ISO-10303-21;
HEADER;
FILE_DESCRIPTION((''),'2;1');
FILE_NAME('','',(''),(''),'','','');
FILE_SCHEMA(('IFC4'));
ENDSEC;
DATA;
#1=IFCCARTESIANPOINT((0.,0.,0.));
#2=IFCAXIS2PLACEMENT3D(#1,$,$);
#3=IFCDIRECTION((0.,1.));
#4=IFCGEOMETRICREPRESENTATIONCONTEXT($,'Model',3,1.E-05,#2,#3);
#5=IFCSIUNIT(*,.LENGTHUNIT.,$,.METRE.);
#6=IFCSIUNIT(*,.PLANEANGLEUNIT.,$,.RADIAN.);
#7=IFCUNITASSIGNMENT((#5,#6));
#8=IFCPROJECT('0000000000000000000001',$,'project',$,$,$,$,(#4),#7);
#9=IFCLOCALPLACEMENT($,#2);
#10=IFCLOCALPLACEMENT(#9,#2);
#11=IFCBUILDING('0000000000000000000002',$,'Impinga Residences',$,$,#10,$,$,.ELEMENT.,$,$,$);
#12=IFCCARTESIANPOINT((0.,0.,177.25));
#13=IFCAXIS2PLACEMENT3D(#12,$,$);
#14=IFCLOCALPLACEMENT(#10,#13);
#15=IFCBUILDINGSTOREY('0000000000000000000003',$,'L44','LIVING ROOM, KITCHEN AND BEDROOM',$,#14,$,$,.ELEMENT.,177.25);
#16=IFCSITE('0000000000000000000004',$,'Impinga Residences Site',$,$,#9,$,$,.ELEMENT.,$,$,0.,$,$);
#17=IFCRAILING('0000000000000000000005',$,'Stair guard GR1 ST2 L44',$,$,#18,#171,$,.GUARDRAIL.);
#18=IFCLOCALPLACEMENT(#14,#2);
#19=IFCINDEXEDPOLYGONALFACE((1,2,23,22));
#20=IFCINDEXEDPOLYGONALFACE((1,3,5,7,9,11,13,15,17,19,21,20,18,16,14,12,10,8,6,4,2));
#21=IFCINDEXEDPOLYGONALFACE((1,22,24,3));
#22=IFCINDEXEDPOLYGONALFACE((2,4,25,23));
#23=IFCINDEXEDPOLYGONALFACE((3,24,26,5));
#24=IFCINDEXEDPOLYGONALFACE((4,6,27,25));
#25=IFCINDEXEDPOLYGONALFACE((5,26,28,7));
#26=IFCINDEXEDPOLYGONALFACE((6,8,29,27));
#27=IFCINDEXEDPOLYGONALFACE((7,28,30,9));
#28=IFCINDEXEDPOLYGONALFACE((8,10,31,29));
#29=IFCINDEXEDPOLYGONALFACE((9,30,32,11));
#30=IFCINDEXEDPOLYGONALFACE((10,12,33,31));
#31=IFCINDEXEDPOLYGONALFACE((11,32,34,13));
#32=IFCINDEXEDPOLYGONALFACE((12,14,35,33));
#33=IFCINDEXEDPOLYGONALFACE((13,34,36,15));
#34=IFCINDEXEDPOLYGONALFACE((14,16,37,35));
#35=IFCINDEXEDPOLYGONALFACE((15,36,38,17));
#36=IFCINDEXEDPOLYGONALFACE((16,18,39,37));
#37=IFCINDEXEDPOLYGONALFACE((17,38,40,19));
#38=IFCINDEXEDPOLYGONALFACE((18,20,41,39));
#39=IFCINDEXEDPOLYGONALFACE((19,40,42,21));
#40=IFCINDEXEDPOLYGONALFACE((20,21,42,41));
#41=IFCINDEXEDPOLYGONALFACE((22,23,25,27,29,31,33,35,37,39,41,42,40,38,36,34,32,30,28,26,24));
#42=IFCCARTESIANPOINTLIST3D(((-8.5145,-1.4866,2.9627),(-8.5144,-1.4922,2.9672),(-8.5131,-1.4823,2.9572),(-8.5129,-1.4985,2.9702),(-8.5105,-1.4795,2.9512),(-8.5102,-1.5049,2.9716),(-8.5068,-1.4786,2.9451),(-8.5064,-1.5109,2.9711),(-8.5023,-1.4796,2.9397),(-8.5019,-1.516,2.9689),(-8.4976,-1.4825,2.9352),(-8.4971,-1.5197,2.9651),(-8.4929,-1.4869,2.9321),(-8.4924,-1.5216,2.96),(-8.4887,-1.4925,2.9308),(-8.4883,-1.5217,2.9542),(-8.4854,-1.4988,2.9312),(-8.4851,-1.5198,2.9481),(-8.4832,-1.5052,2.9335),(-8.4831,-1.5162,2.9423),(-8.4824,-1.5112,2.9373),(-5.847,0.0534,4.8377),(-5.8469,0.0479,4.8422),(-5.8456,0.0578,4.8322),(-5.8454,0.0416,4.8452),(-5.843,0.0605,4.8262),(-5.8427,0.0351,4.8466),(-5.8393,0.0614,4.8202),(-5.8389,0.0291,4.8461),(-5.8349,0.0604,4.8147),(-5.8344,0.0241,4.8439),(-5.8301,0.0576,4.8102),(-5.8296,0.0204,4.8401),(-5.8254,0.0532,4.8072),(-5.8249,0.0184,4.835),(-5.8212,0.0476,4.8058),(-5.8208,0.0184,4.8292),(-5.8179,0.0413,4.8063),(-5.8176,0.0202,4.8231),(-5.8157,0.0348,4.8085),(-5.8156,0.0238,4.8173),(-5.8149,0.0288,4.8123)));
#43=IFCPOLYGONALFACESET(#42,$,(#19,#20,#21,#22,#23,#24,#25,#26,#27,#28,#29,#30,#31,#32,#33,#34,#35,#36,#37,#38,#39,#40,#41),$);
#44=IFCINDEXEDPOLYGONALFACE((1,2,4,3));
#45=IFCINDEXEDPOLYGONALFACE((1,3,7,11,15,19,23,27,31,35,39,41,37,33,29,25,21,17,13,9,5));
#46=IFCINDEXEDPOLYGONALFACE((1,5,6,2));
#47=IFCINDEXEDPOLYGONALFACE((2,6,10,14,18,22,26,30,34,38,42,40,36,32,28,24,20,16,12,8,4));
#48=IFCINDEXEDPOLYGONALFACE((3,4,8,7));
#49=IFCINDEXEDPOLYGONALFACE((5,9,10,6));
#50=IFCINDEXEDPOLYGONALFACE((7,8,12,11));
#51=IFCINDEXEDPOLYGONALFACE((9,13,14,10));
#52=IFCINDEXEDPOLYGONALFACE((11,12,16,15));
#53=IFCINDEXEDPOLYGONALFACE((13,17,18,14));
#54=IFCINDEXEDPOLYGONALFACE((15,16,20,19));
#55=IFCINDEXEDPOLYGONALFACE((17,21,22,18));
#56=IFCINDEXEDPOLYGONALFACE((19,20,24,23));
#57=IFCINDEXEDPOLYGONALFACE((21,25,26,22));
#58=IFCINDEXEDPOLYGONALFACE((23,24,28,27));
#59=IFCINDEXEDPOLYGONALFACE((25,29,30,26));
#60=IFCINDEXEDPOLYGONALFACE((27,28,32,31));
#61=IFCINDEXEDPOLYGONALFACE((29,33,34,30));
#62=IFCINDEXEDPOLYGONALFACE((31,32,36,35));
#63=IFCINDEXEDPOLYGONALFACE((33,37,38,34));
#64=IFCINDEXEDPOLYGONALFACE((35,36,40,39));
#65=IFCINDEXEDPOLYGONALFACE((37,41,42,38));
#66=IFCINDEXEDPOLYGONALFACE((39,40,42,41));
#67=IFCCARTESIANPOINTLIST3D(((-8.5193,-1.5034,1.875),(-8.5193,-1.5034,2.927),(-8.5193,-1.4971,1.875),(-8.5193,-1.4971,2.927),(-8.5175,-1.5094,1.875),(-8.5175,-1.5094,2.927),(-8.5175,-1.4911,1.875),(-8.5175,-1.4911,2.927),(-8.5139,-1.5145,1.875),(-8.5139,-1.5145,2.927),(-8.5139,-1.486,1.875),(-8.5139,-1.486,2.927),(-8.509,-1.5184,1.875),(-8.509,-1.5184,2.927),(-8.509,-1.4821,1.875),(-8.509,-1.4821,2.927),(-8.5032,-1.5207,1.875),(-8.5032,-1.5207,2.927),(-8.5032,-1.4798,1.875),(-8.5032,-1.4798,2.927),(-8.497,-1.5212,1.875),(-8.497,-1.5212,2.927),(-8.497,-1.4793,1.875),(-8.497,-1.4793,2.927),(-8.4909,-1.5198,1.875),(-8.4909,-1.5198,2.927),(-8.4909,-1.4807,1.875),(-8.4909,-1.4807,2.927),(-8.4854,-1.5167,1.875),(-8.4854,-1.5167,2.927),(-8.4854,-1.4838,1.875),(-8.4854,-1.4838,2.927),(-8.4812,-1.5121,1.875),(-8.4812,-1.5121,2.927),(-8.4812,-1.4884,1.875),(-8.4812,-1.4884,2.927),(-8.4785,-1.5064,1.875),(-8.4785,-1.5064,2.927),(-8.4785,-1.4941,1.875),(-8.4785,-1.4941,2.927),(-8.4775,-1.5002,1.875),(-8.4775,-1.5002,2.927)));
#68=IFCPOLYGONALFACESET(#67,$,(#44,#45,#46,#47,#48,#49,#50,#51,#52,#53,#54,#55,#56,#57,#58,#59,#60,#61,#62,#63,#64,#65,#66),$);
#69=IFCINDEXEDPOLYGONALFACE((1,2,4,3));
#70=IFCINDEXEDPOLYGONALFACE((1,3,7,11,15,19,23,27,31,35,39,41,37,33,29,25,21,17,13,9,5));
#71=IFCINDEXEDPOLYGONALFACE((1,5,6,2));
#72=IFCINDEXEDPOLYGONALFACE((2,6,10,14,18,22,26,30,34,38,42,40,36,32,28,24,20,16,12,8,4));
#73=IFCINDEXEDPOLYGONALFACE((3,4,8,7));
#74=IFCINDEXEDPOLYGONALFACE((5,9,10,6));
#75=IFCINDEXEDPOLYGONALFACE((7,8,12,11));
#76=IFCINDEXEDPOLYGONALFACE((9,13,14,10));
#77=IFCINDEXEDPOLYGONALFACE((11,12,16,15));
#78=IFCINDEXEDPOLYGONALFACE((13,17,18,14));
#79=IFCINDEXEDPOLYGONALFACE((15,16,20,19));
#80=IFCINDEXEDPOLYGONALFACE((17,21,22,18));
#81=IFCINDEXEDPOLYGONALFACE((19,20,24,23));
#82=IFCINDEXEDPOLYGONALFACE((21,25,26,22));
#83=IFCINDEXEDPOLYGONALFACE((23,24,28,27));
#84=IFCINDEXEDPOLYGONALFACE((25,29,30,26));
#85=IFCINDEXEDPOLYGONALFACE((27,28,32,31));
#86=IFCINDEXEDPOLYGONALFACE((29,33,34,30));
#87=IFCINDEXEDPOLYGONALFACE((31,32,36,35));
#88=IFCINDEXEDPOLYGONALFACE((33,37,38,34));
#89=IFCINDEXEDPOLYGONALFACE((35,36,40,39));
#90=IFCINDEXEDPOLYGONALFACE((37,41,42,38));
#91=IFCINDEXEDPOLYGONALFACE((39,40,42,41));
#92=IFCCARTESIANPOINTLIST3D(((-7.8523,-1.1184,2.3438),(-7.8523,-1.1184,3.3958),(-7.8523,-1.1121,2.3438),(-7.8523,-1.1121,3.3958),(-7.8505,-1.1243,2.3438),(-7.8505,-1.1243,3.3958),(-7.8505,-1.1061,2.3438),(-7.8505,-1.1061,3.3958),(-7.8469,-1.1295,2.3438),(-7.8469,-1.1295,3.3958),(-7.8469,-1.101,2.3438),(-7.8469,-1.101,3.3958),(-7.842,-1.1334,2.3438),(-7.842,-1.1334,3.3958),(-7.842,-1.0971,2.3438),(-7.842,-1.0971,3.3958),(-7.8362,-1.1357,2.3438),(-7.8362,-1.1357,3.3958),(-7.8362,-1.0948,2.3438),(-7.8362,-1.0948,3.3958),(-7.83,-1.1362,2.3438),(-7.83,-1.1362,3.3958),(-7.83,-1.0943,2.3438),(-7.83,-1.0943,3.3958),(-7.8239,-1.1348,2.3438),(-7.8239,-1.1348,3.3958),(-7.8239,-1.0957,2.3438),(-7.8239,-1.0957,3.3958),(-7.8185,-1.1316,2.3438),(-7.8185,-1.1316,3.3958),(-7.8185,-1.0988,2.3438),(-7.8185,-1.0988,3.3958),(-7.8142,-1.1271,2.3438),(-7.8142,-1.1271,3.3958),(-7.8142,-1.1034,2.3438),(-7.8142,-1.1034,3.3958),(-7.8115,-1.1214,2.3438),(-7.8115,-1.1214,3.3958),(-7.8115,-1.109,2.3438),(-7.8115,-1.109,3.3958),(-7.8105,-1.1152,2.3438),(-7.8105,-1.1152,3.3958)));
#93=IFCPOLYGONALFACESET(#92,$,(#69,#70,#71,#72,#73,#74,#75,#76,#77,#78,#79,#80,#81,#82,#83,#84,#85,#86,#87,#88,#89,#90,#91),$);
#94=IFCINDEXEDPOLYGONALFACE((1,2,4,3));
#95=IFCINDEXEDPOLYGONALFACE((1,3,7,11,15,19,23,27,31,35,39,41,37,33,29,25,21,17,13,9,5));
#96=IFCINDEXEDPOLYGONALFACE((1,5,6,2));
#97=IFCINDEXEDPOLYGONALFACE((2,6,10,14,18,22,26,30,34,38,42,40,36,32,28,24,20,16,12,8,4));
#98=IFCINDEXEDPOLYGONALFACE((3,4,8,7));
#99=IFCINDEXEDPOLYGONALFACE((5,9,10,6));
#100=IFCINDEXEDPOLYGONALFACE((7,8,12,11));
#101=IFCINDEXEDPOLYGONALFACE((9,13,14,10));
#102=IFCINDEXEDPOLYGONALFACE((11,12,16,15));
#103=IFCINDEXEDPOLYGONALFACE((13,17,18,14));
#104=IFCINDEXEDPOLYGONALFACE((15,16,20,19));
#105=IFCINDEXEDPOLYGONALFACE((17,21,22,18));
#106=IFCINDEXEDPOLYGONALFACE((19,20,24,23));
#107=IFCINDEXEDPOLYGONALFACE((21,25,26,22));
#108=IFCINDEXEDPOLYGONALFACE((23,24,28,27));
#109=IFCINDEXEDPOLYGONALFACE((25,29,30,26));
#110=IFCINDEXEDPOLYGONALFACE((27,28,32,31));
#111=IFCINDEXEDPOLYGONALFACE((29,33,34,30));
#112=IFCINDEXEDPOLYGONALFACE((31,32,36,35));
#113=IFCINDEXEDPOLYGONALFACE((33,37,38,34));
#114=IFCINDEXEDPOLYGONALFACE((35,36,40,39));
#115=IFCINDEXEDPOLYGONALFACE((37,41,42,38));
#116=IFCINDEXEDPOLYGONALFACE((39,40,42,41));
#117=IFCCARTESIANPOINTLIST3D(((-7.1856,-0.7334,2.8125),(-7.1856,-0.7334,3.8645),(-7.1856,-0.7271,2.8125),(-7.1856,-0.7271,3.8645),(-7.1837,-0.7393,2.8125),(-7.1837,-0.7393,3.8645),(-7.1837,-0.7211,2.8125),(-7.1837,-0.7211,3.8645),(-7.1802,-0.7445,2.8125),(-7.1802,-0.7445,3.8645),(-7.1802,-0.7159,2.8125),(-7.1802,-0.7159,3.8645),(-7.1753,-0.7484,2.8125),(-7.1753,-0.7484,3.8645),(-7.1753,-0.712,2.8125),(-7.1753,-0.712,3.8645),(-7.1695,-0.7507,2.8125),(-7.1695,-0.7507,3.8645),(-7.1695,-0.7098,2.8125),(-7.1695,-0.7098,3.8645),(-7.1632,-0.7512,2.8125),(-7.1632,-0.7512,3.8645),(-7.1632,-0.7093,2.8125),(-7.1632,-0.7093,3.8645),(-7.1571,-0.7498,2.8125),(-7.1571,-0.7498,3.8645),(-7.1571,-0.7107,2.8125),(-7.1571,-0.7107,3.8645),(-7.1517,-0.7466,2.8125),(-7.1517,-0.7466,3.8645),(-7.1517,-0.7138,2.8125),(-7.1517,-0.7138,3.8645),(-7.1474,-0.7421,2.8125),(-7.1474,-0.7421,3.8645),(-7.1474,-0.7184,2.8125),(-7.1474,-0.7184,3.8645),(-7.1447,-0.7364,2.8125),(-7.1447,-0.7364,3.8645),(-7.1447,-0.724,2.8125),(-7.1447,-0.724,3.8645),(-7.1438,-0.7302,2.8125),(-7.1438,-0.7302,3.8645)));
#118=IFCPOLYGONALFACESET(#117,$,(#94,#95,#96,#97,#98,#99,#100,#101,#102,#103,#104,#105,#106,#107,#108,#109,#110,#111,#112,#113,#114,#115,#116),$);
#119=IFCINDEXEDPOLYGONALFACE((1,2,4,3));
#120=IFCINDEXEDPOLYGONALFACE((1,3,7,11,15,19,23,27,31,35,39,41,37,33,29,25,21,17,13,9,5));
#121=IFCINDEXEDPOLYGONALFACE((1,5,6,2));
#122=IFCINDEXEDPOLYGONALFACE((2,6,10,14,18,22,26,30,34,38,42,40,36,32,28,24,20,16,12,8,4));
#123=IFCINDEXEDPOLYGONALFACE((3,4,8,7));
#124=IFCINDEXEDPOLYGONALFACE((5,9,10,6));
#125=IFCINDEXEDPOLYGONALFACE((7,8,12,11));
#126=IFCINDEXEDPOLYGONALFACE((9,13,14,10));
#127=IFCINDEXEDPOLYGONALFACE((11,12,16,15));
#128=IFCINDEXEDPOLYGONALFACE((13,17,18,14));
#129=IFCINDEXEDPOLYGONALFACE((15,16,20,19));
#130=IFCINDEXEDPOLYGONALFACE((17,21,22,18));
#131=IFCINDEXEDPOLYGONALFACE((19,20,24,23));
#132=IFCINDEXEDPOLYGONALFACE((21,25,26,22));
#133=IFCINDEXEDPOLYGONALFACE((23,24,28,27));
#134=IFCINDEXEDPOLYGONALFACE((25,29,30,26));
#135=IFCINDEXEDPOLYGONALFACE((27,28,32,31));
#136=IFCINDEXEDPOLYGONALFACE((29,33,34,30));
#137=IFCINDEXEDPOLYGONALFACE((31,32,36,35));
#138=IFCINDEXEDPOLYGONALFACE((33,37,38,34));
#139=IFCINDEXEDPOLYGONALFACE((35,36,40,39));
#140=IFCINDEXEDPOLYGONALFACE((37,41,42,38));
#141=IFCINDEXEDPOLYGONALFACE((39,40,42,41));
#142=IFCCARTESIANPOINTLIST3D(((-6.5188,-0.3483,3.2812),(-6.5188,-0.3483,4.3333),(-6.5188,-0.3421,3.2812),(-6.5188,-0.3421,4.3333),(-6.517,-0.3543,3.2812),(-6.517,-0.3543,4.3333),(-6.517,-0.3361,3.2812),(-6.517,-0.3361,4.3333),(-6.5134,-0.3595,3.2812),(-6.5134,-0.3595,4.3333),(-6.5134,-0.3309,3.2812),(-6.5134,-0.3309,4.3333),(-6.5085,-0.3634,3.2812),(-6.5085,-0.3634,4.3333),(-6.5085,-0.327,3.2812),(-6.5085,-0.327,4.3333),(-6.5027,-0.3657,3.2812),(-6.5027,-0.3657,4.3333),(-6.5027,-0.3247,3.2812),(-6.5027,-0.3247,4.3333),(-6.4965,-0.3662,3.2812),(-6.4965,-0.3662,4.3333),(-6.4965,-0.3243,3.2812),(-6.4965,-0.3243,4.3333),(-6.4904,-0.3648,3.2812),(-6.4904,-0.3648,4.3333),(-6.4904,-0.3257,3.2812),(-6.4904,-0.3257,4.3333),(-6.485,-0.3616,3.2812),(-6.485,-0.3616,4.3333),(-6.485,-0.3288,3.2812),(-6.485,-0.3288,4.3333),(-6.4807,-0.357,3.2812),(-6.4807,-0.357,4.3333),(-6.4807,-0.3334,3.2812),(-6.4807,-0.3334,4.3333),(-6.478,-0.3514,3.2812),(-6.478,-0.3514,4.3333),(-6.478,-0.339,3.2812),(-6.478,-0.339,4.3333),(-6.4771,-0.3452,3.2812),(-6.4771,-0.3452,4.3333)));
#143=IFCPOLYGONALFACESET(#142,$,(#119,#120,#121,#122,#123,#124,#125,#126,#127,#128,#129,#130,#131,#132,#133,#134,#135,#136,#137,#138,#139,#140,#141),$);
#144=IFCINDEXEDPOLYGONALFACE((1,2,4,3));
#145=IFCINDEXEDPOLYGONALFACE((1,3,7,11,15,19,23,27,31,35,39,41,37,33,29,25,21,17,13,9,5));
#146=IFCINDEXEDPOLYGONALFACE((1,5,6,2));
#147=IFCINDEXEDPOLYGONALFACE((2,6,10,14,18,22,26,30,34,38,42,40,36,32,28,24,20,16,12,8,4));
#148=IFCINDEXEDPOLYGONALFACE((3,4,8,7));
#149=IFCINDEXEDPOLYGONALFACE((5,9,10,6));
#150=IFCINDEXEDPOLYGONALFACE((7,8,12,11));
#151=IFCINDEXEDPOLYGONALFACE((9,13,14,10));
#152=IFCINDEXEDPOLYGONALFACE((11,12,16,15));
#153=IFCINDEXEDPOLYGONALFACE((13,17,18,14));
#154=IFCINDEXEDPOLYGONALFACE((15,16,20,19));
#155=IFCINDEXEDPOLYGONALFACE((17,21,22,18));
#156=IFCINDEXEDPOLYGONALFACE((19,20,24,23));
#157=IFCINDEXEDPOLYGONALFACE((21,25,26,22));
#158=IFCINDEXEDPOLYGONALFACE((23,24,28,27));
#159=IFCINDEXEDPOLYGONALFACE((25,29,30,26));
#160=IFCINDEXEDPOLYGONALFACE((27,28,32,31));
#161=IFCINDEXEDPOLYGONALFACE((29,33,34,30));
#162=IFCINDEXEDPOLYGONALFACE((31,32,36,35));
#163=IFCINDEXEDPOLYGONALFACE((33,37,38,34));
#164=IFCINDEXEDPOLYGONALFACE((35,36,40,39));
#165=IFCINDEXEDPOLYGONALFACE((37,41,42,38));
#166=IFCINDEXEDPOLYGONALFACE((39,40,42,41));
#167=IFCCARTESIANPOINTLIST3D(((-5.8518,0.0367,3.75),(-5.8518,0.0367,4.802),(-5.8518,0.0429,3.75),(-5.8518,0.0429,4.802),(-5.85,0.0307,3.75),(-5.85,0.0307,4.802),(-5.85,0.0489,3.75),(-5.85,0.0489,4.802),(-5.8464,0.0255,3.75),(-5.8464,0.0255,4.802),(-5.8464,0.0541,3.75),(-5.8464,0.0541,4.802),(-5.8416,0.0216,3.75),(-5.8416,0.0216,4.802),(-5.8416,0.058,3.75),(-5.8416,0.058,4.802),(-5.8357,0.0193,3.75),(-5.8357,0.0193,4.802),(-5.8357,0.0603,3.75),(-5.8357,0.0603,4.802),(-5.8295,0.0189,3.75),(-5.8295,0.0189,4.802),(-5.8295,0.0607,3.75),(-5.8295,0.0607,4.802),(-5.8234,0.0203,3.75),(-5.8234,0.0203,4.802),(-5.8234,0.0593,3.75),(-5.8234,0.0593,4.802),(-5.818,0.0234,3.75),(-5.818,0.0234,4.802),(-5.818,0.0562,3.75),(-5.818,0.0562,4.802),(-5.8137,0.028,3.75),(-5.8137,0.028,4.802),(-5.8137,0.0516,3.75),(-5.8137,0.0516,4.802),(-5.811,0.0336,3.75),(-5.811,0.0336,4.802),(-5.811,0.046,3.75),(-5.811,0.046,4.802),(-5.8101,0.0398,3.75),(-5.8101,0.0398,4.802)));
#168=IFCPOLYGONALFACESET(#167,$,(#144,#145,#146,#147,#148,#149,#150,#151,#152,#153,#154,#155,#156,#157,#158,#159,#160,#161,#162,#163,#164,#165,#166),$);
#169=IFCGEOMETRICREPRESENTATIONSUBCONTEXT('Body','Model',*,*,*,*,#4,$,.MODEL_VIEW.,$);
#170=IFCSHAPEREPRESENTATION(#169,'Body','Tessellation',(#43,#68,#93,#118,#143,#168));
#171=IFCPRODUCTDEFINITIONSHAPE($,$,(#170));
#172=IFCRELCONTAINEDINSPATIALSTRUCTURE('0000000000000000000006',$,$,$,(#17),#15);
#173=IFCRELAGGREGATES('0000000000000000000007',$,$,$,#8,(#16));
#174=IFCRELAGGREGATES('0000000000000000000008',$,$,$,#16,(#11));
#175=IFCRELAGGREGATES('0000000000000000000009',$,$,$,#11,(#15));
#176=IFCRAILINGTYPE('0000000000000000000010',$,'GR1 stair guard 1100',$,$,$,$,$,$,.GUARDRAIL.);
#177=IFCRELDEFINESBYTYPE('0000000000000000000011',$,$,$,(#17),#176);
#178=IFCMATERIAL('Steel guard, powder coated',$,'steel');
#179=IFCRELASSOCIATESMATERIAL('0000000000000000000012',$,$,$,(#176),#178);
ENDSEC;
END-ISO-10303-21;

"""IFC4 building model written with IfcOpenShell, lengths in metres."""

from ifc_helpers import new_model, si_unit, direction, frame, origin, origin_2d, place, context, subcontext, project, spatial, circle, extrude, material, type_object, element, save


model = new_model("IFC4")

# Units and contexts
model_context = context("Model", 3, precision=1e-05, world=origin(), true_north=direction((0.0, 1.0)))
body_context = subcontext(model_context, "Body", "Model", "MODEL_VIEW")
ifc_project = project(units=[si_unit("LENGTHUNIT", "METRE"), si_unit("PLANEANGLEUNIT", "RADIAN")], contexts=[model_context])

# Site, building, storey
site_placement = place(None, origin())
site = spatial("IfcSite", under=ifc_project, at=site_placement, Name="Impinga Residences Site", CompositionType="ELEMENT", RefElevation=0.0)
building_placement = place(site_placement, origin())
building = spatial("IfcBuilding", under=site, at=building_placement, Name="Impinga Residences", CompositionType="ELEMENT")
storey_placement = place(building_placement, frame((0.0, 0.0, 177.25)))
storey = spatial("IfcBuildingStorey", under=building, at=storey_placement, Name="L44", Description="LIVING ROOM, KITCHEN AND BEDROOM", CompositionType="ELEMENT", Elevation=177.25)

# Railing
ifc_material_1 = material(Name="Steel guard, powder coated", Category="steel")
railing_type_1 = type_object("IfcRailingType", Name="GR1 stair guard 1100", PredefinedType="GUARDRAIL", material=ifc_material_1)
railing_1_placement = place(storey_placement, frame((-8.4985, -1.5002, 1.875)))
element("IfcRailing", 1, at=railing_1_placement, inside=storey, type_object=railing_type_1, Name="Stair guard GR1 ST2 L44", PredefinedType="GUARDRAIL", context=body_context, shape_type="SweptSolid", body=[
    extrude(circle(Radius=0.0239, at=origin_2d()), frame((0.0, 0.0, 1.0762), z_axis=(0.739746, 0.427084, 0.519975), x_axis=(-0.499992, 0.86603, 0.0)), (0.0, 0.0, 1.0), 3.606),
    extrude(circle(Radius=0.021, at=origin_2d()), origin(), (0.0, 0.0, 1.0), 1.052),
    extrude(circle(Radius=0.021, at=origin_2d()), frame((0.667, 0.385, 0.4688)), (0.0, 0.0, 1.0), 1.052),
    extrude(circle(Radius=0.021, at=origin_2d()), frame((1.3337, 0.77, 0.9375)), (0.0, 0.0, 1.0), 1.052),
    extrude(circle(Radius=0.021, at=origin_2d()), frame((2.0005, 1.155, 1.4062)), (0.0, 0.0, 1.0), 1.052),
    extrude(circle(Radius=0.021, at=origin_2d()), frame((2.6675, 1.54, 1.875)), (0.0, 0.0, 1.0), 1.052),
])

save(model, "model.ifc")
